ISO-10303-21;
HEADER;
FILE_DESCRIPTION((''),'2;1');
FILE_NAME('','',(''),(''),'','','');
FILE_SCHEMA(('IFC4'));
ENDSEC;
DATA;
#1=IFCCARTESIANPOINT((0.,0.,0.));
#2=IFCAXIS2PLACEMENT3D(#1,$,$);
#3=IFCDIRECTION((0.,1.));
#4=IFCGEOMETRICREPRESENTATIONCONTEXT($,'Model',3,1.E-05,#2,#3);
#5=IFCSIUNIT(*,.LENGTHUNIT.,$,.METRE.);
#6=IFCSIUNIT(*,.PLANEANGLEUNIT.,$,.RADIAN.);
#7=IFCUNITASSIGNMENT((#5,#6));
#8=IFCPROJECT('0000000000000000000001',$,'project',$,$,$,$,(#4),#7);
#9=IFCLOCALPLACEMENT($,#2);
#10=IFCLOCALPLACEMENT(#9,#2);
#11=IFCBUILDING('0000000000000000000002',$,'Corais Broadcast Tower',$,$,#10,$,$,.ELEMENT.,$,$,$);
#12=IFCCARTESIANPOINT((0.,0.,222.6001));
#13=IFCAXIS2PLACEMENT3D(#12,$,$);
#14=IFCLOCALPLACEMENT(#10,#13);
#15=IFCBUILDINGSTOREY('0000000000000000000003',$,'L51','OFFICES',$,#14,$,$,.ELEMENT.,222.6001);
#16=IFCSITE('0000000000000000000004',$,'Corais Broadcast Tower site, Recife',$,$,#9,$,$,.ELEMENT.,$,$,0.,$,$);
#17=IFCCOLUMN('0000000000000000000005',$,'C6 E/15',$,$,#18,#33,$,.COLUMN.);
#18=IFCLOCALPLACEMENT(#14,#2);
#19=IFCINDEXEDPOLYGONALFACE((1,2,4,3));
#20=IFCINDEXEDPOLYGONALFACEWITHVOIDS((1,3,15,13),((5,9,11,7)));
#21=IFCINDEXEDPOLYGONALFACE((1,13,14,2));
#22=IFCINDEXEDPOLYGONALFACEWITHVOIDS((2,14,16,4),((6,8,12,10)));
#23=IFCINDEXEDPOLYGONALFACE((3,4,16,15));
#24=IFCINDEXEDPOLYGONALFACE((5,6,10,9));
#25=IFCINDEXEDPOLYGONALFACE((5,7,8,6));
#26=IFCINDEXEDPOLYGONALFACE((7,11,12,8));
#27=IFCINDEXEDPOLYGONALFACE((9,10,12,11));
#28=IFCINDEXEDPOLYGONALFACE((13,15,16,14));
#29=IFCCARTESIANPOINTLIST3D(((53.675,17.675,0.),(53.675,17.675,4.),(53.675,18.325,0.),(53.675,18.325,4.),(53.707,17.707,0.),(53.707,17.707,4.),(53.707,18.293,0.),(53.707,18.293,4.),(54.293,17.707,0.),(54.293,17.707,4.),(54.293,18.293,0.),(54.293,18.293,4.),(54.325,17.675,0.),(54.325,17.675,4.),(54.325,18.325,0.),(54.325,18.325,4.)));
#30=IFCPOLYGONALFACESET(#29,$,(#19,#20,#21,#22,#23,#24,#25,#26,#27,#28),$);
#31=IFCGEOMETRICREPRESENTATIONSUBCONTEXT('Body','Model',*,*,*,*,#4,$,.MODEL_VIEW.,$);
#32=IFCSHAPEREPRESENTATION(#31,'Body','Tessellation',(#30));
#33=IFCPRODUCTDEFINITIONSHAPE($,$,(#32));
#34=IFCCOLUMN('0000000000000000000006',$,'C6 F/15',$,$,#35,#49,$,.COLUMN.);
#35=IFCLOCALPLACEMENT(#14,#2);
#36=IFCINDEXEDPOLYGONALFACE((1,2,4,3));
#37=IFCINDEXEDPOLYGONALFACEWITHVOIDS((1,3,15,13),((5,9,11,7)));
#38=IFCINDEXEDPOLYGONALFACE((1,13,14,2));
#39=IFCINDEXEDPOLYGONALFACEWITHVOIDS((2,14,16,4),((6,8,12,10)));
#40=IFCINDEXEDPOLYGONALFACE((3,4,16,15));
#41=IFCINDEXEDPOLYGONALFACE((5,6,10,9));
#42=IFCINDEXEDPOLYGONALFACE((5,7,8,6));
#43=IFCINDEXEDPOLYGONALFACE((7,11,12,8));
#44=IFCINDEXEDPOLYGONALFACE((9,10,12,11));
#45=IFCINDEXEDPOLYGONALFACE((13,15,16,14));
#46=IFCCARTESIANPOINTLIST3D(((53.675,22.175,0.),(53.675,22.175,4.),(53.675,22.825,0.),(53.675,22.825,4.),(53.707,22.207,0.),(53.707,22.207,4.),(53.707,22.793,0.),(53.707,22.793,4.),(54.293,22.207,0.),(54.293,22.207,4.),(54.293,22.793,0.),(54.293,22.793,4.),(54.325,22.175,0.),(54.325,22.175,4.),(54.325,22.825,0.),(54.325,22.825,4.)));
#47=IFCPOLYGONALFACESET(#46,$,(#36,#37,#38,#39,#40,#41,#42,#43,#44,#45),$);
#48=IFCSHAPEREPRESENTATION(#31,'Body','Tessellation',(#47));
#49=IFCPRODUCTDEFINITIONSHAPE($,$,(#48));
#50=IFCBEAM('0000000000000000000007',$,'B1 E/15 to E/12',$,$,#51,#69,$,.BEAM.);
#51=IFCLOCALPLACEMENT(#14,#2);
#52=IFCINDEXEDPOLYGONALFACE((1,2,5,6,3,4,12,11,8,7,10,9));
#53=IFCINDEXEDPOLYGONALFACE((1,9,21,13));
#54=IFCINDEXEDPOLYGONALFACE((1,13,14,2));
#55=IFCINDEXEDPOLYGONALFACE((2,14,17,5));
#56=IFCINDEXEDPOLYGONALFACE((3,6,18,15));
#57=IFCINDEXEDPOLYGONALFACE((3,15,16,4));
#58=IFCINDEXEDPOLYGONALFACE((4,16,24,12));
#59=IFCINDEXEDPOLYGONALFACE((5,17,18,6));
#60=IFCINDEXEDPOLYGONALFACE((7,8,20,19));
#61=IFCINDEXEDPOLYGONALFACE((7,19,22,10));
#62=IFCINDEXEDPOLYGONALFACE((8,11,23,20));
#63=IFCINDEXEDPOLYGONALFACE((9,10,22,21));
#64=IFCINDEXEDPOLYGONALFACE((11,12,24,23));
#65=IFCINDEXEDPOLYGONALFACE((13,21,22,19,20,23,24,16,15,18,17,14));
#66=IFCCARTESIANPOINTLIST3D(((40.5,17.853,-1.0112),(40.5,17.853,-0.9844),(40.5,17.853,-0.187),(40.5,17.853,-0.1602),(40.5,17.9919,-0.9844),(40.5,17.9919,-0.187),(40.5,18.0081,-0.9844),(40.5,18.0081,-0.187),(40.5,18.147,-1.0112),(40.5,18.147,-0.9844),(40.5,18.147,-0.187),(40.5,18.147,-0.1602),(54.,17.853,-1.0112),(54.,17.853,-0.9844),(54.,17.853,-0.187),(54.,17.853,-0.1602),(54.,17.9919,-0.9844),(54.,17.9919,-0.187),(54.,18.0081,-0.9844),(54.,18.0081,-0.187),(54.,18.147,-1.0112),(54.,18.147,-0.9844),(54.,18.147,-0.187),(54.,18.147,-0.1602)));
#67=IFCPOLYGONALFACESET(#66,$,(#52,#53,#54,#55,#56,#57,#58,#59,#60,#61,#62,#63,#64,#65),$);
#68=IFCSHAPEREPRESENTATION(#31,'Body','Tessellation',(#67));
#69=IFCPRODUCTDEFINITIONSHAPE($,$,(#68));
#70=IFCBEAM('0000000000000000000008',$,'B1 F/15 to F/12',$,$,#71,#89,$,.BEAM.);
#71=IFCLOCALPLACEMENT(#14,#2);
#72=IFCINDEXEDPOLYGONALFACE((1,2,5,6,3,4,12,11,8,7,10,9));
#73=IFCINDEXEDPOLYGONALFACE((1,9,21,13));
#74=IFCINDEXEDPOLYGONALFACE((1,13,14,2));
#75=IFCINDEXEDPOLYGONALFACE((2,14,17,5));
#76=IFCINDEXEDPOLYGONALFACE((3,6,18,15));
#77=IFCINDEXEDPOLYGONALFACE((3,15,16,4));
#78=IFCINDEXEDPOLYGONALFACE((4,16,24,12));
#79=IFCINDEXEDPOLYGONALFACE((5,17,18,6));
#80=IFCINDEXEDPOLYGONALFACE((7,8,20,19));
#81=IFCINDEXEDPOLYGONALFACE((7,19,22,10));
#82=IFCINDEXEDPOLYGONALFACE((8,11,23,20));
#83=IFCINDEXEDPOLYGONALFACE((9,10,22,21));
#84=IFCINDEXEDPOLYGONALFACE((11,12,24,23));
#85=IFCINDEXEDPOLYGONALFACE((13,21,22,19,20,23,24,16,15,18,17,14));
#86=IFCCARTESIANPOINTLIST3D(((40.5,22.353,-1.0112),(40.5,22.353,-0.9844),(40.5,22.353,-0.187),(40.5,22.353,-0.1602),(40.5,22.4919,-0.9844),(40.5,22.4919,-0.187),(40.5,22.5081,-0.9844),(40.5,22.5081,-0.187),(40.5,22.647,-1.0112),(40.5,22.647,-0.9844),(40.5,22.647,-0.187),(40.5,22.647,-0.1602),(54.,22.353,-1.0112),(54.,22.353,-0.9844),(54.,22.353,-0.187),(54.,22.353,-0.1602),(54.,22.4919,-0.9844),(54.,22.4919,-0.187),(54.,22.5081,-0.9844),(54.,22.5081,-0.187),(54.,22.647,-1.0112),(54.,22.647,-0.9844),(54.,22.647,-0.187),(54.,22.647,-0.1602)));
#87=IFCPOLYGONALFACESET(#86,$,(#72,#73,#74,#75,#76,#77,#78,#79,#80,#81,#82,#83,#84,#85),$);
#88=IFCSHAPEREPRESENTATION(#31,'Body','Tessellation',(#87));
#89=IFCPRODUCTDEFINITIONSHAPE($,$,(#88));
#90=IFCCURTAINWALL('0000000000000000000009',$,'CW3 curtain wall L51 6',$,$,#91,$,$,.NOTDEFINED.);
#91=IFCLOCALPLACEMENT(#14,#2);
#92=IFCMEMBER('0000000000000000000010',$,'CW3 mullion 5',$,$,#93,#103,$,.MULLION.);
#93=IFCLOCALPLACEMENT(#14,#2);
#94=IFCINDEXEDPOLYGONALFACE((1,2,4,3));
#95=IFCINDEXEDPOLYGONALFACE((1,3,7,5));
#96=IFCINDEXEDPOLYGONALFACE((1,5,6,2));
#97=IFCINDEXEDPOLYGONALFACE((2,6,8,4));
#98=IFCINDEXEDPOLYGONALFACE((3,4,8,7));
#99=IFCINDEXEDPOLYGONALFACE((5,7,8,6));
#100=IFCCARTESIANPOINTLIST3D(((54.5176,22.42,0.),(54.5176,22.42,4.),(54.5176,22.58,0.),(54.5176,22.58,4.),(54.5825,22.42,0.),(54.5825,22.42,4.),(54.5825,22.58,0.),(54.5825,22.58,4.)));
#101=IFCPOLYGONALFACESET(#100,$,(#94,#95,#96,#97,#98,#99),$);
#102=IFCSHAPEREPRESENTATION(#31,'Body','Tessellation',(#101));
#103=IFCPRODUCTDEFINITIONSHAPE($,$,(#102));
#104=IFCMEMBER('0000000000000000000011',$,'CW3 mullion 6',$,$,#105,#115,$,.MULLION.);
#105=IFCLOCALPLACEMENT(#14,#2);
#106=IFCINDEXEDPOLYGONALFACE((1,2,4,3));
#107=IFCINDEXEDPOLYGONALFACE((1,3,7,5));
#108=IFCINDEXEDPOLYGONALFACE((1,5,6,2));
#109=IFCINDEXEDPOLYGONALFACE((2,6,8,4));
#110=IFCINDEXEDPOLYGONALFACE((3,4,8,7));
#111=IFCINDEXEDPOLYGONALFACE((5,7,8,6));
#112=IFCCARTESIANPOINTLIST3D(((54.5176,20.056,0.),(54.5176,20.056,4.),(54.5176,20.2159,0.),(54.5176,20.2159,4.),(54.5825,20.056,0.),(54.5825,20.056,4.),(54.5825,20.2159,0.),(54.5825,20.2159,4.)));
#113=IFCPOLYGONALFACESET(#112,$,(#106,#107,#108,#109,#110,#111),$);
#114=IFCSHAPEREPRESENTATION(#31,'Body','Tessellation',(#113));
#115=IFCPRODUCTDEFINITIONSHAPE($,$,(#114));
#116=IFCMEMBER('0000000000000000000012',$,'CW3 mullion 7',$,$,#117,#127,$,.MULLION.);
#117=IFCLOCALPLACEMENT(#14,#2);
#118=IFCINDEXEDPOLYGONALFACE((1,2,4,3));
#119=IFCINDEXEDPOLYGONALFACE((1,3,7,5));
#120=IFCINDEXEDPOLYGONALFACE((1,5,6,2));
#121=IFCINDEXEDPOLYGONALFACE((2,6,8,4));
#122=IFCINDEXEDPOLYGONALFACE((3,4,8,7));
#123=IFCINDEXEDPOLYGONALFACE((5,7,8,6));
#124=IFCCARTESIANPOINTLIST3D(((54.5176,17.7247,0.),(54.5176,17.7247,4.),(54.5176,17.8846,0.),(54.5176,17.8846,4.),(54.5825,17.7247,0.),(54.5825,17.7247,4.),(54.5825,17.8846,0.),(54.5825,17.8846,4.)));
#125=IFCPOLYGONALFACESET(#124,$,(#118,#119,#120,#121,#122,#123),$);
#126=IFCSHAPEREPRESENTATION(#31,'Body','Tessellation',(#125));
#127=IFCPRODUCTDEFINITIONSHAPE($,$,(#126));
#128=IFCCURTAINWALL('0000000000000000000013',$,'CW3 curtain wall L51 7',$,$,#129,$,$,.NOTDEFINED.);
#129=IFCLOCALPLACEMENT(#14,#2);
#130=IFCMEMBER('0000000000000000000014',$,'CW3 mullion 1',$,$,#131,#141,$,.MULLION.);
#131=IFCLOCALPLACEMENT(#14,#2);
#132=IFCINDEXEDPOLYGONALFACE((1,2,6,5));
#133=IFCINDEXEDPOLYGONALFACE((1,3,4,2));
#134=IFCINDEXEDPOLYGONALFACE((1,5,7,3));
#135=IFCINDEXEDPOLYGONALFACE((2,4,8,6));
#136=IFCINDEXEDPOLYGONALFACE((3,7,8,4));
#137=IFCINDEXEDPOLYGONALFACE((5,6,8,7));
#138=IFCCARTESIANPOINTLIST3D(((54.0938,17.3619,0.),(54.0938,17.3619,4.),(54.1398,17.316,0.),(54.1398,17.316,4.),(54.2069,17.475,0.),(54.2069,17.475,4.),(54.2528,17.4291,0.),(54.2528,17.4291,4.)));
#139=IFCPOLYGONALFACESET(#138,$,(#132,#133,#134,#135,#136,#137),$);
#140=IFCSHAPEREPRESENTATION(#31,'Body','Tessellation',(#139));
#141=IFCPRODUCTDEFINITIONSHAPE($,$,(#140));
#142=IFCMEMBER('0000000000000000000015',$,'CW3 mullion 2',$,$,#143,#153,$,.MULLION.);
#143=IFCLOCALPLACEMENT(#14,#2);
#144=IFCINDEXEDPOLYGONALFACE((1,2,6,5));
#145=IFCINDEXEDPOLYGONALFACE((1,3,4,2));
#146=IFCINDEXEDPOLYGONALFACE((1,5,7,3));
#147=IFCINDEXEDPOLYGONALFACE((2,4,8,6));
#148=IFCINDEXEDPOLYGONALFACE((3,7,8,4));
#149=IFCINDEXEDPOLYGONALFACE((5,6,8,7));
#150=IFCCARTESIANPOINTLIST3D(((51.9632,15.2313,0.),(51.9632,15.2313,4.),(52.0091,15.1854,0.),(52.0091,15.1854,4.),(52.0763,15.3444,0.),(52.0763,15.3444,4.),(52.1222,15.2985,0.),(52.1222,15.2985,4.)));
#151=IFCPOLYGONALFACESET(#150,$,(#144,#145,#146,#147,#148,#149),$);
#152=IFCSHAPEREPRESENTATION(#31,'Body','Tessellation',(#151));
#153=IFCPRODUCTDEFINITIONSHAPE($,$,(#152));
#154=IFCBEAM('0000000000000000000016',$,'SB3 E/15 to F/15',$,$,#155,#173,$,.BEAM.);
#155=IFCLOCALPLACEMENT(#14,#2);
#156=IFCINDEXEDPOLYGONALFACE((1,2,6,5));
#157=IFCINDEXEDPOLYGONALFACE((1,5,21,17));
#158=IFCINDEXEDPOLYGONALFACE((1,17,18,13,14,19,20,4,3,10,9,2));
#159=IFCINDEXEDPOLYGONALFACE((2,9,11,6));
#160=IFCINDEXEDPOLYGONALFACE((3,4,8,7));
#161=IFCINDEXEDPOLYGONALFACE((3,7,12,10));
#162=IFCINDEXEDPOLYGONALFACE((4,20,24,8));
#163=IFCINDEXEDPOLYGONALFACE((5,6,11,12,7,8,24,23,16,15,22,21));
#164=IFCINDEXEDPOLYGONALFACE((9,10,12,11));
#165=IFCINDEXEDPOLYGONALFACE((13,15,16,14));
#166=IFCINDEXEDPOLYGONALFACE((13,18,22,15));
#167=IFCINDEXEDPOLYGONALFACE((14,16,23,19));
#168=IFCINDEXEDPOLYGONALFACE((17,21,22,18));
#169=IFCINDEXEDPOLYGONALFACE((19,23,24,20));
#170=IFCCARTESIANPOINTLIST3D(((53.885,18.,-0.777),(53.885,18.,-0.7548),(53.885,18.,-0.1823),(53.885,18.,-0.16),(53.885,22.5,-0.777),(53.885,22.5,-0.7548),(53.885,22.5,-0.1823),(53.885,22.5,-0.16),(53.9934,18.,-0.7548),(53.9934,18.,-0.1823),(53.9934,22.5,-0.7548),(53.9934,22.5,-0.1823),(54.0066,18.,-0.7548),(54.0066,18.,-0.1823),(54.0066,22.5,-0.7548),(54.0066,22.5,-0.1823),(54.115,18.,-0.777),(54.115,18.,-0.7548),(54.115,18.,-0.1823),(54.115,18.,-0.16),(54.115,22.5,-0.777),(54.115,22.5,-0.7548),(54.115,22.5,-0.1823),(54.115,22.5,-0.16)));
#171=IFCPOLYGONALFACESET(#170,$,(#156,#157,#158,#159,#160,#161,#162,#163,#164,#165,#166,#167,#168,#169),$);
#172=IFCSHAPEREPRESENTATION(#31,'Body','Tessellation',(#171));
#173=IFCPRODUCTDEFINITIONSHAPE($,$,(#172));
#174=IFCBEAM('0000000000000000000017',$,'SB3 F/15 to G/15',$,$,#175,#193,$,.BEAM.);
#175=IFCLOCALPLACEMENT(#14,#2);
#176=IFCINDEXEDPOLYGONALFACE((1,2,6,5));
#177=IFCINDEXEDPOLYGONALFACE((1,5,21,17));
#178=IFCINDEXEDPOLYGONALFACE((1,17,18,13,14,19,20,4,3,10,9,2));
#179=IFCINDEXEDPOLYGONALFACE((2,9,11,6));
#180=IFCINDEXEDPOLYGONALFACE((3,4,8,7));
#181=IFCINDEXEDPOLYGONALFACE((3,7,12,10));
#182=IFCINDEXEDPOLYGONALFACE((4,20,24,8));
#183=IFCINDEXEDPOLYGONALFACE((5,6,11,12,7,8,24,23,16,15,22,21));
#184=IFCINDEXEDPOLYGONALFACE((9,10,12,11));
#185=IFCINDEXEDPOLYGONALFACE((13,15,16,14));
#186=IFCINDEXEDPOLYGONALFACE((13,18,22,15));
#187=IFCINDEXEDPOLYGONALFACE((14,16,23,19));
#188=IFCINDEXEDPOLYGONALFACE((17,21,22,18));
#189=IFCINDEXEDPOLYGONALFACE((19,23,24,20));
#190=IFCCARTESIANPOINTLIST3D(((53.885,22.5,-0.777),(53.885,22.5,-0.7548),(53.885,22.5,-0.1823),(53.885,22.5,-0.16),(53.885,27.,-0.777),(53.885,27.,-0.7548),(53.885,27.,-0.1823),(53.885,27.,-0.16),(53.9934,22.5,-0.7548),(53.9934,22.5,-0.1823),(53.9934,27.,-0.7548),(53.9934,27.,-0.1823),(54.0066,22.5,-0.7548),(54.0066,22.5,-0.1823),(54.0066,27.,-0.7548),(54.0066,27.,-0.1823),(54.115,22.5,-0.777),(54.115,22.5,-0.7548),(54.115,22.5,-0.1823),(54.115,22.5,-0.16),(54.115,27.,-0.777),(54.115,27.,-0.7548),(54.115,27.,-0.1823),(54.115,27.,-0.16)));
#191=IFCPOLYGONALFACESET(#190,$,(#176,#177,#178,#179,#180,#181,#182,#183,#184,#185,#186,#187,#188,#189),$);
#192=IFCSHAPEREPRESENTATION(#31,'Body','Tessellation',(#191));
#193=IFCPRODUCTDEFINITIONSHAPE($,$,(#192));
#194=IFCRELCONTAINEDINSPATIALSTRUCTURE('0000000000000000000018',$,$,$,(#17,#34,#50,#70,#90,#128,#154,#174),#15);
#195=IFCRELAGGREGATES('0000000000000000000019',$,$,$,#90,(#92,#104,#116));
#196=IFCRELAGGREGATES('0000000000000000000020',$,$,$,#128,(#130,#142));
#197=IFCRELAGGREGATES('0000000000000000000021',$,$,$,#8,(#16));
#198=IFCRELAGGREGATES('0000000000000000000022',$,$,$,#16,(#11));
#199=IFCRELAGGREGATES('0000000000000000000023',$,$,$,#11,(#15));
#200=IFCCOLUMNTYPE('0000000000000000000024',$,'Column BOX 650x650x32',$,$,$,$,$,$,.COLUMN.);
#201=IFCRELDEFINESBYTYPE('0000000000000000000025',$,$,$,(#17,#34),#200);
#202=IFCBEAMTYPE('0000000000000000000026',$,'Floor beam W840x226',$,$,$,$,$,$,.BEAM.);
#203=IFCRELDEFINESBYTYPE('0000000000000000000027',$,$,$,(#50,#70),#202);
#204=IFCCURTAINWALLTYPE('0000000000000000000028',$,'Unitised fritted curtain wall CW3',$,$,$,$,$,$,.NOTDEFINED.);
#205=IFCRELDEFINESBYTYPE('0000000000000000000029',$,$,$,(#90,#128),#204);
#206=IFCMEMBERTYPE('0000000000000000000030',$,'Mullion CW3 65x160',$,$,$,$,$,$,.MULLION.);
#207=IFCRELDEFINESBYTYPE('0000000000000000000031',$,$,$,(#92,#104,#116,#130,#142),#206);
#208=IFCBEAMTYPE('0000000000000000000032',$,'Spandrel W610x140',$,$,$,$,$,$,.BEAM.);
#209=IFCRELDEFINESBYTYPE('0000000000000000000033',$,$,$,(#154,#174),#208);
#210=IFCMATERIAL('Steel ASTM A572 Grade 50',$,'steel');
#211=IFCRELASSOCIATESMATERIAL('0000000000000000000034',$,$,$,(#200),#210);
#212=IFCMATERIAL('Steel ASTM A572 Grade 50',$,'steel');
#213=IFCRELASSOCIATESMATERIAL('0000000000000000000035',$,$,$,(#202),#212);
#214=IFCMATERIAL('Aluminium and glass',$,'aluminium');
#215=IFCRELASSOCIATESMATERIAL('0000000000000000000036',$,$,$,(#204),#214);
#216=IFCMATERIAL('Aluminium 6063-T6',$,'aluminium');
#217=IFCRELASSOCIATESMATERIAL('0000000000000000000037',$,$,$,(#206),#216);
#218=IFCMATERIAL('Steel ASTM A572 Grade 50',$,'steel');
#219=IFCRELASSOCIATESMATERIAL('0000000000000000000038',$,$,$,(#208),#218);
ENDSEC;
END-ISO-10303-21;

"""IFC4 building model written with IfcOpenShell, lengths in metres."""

from ifc_helpers import new_model, si_unit, direction, frame, origin, origin_2d, place, context, subcontext, project, spatial, rectangle, hollow_rectangle, i_section, extrude, material, material_profile, profile_set, type_object, element, aggregate, save


model = new_model("IFC4")

# Units and contexts
model_context = context("Model", 3, precision=1e-05, world=origin(), true_north=direction((0.0, 1.0)))
body_context = subcontext(model_context, "Body", "Model", "MODEL_VIEW")
ifc_project = project(units=[si_unit("LENGTHUNIT", "METRE"), si_unit("PLANEANGLEUNIT", "RADIAN")], contexts=[model_context])

# Site, building, storey
site_placement = place(None, origin())
site = spatial("IfcSite", under=ifc_project, at=site_placement, Name="Corais Broadcast Tower site, Recife", CompositionType="ELEMENT", RefElevation=0.0)
building_placement = place(site_placement, origin())
building = spatial("IfcBuilding", under=site, at=building_placement, Name="Corais Broadcast Tower", CompositionType="ELEMENT")
storey_placement = place(building_placement, frame((0.0, 0.0, 222.6001)))
storey = spatial("IfcBuildingStorey", under=building, at=storey_placement, Name="L51", Description="OFFICES", CompositionType="ELEMENT", Elevation=222.6001)

# Columns
ifc_material_1 = material(Name="Steel ASTM A572 Grade 50", Category="steel")
ifc_material_profile_1 = material_profile(ifc_material_1, hollow_rectangle(XDim=0.6499, YDim=0.6499, WallThickness=0.032, at=origin_2d()), Name="BOX 650x650x32")
ifc_profile_set_1 = profile_set([ifc_material_profile_1], Name="Steel ASTM A572 Grade 50")
column_type = type_object("IfcColumnType", Name="Column BOX 650x650x32", PredefinedType="COLUMN", material=ifc_profile_set_1)
for number, where, z_axis, x_axis, name in (
    (1, (54.0, 18.0, 0.0), (0.0, 0.0, 1.0), (1.0, 0.0, 0.0), "C6 E/15"),
    (2, (54.0, 22.5, 0.0), (0.0, 0.0, 1.0), (1.0, 0.0, 0.0), "C6 F/15"),
):
    element("IfcColumn", number, at=place(storey_placement, frame(where, z_axis=z_axis, x_axis=x_axis)), inside=storey, type_object=column_type, Name=name, PredefinedType="COLUMN", context=body_context, shape_type="SweptSolid", body=[
        extrude(hollow_rectangle(XDim=0.6499, YDim=0.6499, WallThickness=0.032, at=origin_2d()), origin(), (0.0, 0.0, 1.0), 4.0),
    ])

# Beams
ifc_material_2 = material(Name="Steel ASTM A572 Grade 50", Category="steel")
ifc_material_profile_2 = material_profile(ifc_material_2, i_section(OverallWidth=0.2939, OverallDepth=0.8511, WebThickness=0.0161, FlangeThickness=0.0269, at=origin_2d()), Name="W840x226")
ifc_profile_set_2 = profile_set([ifc_material_profile_2], Name="Steel ASTM A572 Grade 50")
beam_type_1 = type_object("IfcBeamType", Name="Floor beam W840x226", PredefinedType="BEAM", material=ifc_profile_set_2)
for number, where, z_axis, x_axis, name in (
    (3, (54.0, 18.0, -0.5857), (-1.0, 0.0, 0.0), (0.0, -1.0, 0.0), "B1 E/15 to E/12"),
    (4, (54.0, 22.5, -0.5857), (-1.0, 0.0, 0.0), (0.0, -1.0, 0.0), "B1 F/15 to F/12"),
):
    element("IfcBeam", number, at=place(storey_placement, frame(where, z_axis=z_axis, x_axis=x_axis)), inside=storey, type_object=beam_type_1, Name=name, PredefinedType="BEAM", context=body_context, shape_type="SweptSolid", body=[
        extrude(i_section(OverallWidth=0.2939, OverallDepth=0.8511, WebThickness=0.0161, FlangeThickness=0.0269, at=origin_2d()), origin(), (0.0, 0.0, 1.0), 13.5),
    ])

# Curtain walls, members
ifc_material_3 = material(Name="Aluminium and glass", Category="aluminium")
curtain_wall_type = type_object("IfcCurtainWallType", Name="Unitised fritted curtain wall CW3", PredefinedType="NOTDEFINED", material=ifc_material_3)
curtain_wall_1_placement = place(storey_placement, origin())
curtain_wall_1 = element("IfcCurtainWall", 5, at=curtain_wall_1_placement, inside=storey, type_object=curtain_wall_type, Name="CW3 curtain wall L51 6", PredefinedType="NOTDEFINED")
ifc_material_4 = material(Name="Aluminium 6063-T6", Category="aluminium")
ifc_material_profile_3 = material_profile(ifc_material_4, rectangle(XDim=0.0649, YDim=0.1599, at=origin_2d()), Name="Mullion CW3 65x160")
ifc_profile_set_3 = profile_set([ifc_material_profile_3], Name="Aluminium 6063-T6")
member_type_1 = type_object("IfcMemberType", Name="Mullion CW3 65x160", PredefinedType="MULLION", material=ifc_profile_set_3)
member_1_placement = place(storey_placement, frame((54.55, 22.5, 0.0), z_axis=(0.0, 0.0, 1.0), x_axis=(1.0, 0.0, 0.0)))
member_1 = element("IfcMember", 6, at=member_1_placement, type_object=member_type_1, Name="CW3 mullion 5", PredefinedType="MULLION", context=body_context, shape_type="SweptSolid", body=[
    extrude(rectangle(XDim=0.0649, YDim=0.1599, at=origin_2d()), origin(), (0.0, 0.0, 1.0), 4.0),
])
member_2_placement = place(storey_placement, frame((54.55, 20.136, 0.0), z_axis=(0.0, 0.0, 1.0), x_axis=(1.0, 0.0, 0.0)))
member_2 = element("IfcMember", 7, at=member_2_placement, type_object=member_type_1, Name="CW3 mullion 6", PredefinedType="MULLION", context=body_context, shape_type="SweptSolid", body=[
    extrude(rectangle(XDim=0.0649, YDim=0.1599, at=origin_2d()), origin(), (0.0, 0.0, 1.0), 4.0),
])
member_3_placement = place(storey_placement, frame((54.55, 17.8047, 0.0), z_axis=(0.0, 0.0, 1.0), x_axis=(1.0, 0.0, 0.0)))
member_3 = element("IfcMember", 8, at=member_3_placement, type_object=member_type_1, Name="CW3 mullion 7", PredefinedType="MULLION", context=body_context, shape_type="SweptSolid", body=[
    extrude(rectangle(XDim=0.0649, YDim=0.1599, at=origin_2d()), origin(), (0.0, 0.0, 1.0), 4.0),
])
curtain_wall_2_placement = place(storey_placement, origin())
curtain_wall_2 = element("IfcCurtainWall", 9, at=curtain_wall_2_placement, inside=storey, type_object=curtain_wall_type, Name="CW3 curtain wall L51 7", PredefinedType="NOTDEFINED")
member_4_placement = place(storey_placement, frame((54.1733, 17.3955, 0.0), z_axis=(0.0, 0.0, 1.0), x_axis=(0.707107, -0.707107, 0.0)))
member_4 = element("IfcMember", 10, at=member_4_placement, type_object=member_type_1, Name="CW3 mullion 1", PredefinedType="MULLION", context=body_context, shape_type="SweptSolid", body=[
    extrude(rectangle(XDim=0.0649, YDim=0.1599, at=origin_2d()), origin(), (0.0, 0.0, 1.0), 4.0),
])
member_5_placement = place(storey_placement, frame((52.0427, 15.2649, 0.0), z_axis=(0.0, 0.0, 1.0), x_axis=(0.707107, -0.707107, 0.0)))
member_5 = element("IfcMember", 11, at=member_5_placement, type_object=member_type_1, Name="CW3 mullion 2", PredefinedType="MULLION", context=body_context, shape_type="SweptSolid", body=[
    extrude(rectangle(XDim=0.0649, YDim=0.1599, at=origin_2d()), origin(), (0.0, 0.0, 1.0), 4.0),
])

# Beams
ifc_material_5 = material(Name="Steel ASTM A572 Grade 50", Category="steel")
ifc_material_profile_4 = material_profile(ifc_material_5, i_section(OverallWidth=0.23, OverallDepth=0.6169, WebThickness=0.0132, FlangeThickness=0.0222, at=origin_2d()), Name="W610x140")
ifc_profile_set_4 = profile_set([ifc_material_profile_4], Name="Steel ASTM A572 Grade 50")
beam_type_2 = type_object("IfcBeamType", Name="Spandrel W610x140", PredefinedType="BEAM", material=ifc_profile_set_4)
for number, where, z_axis, x_axis, name in (
    (12, (54.0, 18.0, -0.4685), (0.0, 1.0, 0.0), (-1.0, 0.0, 0.0), "SB3 E/15 to F/15"),
    (13, (54.0, 22.5, -0.4685), (0.0, 1.0, 0.0), (-1.0, 0.0, 0.0), "SB3 F/15 to G/15"),
):
    element("IfcBeam", number, at=place(storey_placement, frame(where, z_axis=z_axis, x_axis=x_axis)), inside=storey, type_object=beam_type_2, Name=name, PredefinedType="BEAM", context=body_context, shape_type="SweptSolid", body=[
        extrude(i_section(OverallWidth=0.23, OverallDepth=0.6169, WebThickness=0.0132, FlangeThickness=0.0222, at=origin_2d()), origin(), (0.0, 0.0, 1.0), 4.5),
    ])

aggregate(curtain_wall_1, [member_1, member_2, member_3])
aggregate(curtain_wall_2, [member_4, member_5])

save(model, "model.ifc")
